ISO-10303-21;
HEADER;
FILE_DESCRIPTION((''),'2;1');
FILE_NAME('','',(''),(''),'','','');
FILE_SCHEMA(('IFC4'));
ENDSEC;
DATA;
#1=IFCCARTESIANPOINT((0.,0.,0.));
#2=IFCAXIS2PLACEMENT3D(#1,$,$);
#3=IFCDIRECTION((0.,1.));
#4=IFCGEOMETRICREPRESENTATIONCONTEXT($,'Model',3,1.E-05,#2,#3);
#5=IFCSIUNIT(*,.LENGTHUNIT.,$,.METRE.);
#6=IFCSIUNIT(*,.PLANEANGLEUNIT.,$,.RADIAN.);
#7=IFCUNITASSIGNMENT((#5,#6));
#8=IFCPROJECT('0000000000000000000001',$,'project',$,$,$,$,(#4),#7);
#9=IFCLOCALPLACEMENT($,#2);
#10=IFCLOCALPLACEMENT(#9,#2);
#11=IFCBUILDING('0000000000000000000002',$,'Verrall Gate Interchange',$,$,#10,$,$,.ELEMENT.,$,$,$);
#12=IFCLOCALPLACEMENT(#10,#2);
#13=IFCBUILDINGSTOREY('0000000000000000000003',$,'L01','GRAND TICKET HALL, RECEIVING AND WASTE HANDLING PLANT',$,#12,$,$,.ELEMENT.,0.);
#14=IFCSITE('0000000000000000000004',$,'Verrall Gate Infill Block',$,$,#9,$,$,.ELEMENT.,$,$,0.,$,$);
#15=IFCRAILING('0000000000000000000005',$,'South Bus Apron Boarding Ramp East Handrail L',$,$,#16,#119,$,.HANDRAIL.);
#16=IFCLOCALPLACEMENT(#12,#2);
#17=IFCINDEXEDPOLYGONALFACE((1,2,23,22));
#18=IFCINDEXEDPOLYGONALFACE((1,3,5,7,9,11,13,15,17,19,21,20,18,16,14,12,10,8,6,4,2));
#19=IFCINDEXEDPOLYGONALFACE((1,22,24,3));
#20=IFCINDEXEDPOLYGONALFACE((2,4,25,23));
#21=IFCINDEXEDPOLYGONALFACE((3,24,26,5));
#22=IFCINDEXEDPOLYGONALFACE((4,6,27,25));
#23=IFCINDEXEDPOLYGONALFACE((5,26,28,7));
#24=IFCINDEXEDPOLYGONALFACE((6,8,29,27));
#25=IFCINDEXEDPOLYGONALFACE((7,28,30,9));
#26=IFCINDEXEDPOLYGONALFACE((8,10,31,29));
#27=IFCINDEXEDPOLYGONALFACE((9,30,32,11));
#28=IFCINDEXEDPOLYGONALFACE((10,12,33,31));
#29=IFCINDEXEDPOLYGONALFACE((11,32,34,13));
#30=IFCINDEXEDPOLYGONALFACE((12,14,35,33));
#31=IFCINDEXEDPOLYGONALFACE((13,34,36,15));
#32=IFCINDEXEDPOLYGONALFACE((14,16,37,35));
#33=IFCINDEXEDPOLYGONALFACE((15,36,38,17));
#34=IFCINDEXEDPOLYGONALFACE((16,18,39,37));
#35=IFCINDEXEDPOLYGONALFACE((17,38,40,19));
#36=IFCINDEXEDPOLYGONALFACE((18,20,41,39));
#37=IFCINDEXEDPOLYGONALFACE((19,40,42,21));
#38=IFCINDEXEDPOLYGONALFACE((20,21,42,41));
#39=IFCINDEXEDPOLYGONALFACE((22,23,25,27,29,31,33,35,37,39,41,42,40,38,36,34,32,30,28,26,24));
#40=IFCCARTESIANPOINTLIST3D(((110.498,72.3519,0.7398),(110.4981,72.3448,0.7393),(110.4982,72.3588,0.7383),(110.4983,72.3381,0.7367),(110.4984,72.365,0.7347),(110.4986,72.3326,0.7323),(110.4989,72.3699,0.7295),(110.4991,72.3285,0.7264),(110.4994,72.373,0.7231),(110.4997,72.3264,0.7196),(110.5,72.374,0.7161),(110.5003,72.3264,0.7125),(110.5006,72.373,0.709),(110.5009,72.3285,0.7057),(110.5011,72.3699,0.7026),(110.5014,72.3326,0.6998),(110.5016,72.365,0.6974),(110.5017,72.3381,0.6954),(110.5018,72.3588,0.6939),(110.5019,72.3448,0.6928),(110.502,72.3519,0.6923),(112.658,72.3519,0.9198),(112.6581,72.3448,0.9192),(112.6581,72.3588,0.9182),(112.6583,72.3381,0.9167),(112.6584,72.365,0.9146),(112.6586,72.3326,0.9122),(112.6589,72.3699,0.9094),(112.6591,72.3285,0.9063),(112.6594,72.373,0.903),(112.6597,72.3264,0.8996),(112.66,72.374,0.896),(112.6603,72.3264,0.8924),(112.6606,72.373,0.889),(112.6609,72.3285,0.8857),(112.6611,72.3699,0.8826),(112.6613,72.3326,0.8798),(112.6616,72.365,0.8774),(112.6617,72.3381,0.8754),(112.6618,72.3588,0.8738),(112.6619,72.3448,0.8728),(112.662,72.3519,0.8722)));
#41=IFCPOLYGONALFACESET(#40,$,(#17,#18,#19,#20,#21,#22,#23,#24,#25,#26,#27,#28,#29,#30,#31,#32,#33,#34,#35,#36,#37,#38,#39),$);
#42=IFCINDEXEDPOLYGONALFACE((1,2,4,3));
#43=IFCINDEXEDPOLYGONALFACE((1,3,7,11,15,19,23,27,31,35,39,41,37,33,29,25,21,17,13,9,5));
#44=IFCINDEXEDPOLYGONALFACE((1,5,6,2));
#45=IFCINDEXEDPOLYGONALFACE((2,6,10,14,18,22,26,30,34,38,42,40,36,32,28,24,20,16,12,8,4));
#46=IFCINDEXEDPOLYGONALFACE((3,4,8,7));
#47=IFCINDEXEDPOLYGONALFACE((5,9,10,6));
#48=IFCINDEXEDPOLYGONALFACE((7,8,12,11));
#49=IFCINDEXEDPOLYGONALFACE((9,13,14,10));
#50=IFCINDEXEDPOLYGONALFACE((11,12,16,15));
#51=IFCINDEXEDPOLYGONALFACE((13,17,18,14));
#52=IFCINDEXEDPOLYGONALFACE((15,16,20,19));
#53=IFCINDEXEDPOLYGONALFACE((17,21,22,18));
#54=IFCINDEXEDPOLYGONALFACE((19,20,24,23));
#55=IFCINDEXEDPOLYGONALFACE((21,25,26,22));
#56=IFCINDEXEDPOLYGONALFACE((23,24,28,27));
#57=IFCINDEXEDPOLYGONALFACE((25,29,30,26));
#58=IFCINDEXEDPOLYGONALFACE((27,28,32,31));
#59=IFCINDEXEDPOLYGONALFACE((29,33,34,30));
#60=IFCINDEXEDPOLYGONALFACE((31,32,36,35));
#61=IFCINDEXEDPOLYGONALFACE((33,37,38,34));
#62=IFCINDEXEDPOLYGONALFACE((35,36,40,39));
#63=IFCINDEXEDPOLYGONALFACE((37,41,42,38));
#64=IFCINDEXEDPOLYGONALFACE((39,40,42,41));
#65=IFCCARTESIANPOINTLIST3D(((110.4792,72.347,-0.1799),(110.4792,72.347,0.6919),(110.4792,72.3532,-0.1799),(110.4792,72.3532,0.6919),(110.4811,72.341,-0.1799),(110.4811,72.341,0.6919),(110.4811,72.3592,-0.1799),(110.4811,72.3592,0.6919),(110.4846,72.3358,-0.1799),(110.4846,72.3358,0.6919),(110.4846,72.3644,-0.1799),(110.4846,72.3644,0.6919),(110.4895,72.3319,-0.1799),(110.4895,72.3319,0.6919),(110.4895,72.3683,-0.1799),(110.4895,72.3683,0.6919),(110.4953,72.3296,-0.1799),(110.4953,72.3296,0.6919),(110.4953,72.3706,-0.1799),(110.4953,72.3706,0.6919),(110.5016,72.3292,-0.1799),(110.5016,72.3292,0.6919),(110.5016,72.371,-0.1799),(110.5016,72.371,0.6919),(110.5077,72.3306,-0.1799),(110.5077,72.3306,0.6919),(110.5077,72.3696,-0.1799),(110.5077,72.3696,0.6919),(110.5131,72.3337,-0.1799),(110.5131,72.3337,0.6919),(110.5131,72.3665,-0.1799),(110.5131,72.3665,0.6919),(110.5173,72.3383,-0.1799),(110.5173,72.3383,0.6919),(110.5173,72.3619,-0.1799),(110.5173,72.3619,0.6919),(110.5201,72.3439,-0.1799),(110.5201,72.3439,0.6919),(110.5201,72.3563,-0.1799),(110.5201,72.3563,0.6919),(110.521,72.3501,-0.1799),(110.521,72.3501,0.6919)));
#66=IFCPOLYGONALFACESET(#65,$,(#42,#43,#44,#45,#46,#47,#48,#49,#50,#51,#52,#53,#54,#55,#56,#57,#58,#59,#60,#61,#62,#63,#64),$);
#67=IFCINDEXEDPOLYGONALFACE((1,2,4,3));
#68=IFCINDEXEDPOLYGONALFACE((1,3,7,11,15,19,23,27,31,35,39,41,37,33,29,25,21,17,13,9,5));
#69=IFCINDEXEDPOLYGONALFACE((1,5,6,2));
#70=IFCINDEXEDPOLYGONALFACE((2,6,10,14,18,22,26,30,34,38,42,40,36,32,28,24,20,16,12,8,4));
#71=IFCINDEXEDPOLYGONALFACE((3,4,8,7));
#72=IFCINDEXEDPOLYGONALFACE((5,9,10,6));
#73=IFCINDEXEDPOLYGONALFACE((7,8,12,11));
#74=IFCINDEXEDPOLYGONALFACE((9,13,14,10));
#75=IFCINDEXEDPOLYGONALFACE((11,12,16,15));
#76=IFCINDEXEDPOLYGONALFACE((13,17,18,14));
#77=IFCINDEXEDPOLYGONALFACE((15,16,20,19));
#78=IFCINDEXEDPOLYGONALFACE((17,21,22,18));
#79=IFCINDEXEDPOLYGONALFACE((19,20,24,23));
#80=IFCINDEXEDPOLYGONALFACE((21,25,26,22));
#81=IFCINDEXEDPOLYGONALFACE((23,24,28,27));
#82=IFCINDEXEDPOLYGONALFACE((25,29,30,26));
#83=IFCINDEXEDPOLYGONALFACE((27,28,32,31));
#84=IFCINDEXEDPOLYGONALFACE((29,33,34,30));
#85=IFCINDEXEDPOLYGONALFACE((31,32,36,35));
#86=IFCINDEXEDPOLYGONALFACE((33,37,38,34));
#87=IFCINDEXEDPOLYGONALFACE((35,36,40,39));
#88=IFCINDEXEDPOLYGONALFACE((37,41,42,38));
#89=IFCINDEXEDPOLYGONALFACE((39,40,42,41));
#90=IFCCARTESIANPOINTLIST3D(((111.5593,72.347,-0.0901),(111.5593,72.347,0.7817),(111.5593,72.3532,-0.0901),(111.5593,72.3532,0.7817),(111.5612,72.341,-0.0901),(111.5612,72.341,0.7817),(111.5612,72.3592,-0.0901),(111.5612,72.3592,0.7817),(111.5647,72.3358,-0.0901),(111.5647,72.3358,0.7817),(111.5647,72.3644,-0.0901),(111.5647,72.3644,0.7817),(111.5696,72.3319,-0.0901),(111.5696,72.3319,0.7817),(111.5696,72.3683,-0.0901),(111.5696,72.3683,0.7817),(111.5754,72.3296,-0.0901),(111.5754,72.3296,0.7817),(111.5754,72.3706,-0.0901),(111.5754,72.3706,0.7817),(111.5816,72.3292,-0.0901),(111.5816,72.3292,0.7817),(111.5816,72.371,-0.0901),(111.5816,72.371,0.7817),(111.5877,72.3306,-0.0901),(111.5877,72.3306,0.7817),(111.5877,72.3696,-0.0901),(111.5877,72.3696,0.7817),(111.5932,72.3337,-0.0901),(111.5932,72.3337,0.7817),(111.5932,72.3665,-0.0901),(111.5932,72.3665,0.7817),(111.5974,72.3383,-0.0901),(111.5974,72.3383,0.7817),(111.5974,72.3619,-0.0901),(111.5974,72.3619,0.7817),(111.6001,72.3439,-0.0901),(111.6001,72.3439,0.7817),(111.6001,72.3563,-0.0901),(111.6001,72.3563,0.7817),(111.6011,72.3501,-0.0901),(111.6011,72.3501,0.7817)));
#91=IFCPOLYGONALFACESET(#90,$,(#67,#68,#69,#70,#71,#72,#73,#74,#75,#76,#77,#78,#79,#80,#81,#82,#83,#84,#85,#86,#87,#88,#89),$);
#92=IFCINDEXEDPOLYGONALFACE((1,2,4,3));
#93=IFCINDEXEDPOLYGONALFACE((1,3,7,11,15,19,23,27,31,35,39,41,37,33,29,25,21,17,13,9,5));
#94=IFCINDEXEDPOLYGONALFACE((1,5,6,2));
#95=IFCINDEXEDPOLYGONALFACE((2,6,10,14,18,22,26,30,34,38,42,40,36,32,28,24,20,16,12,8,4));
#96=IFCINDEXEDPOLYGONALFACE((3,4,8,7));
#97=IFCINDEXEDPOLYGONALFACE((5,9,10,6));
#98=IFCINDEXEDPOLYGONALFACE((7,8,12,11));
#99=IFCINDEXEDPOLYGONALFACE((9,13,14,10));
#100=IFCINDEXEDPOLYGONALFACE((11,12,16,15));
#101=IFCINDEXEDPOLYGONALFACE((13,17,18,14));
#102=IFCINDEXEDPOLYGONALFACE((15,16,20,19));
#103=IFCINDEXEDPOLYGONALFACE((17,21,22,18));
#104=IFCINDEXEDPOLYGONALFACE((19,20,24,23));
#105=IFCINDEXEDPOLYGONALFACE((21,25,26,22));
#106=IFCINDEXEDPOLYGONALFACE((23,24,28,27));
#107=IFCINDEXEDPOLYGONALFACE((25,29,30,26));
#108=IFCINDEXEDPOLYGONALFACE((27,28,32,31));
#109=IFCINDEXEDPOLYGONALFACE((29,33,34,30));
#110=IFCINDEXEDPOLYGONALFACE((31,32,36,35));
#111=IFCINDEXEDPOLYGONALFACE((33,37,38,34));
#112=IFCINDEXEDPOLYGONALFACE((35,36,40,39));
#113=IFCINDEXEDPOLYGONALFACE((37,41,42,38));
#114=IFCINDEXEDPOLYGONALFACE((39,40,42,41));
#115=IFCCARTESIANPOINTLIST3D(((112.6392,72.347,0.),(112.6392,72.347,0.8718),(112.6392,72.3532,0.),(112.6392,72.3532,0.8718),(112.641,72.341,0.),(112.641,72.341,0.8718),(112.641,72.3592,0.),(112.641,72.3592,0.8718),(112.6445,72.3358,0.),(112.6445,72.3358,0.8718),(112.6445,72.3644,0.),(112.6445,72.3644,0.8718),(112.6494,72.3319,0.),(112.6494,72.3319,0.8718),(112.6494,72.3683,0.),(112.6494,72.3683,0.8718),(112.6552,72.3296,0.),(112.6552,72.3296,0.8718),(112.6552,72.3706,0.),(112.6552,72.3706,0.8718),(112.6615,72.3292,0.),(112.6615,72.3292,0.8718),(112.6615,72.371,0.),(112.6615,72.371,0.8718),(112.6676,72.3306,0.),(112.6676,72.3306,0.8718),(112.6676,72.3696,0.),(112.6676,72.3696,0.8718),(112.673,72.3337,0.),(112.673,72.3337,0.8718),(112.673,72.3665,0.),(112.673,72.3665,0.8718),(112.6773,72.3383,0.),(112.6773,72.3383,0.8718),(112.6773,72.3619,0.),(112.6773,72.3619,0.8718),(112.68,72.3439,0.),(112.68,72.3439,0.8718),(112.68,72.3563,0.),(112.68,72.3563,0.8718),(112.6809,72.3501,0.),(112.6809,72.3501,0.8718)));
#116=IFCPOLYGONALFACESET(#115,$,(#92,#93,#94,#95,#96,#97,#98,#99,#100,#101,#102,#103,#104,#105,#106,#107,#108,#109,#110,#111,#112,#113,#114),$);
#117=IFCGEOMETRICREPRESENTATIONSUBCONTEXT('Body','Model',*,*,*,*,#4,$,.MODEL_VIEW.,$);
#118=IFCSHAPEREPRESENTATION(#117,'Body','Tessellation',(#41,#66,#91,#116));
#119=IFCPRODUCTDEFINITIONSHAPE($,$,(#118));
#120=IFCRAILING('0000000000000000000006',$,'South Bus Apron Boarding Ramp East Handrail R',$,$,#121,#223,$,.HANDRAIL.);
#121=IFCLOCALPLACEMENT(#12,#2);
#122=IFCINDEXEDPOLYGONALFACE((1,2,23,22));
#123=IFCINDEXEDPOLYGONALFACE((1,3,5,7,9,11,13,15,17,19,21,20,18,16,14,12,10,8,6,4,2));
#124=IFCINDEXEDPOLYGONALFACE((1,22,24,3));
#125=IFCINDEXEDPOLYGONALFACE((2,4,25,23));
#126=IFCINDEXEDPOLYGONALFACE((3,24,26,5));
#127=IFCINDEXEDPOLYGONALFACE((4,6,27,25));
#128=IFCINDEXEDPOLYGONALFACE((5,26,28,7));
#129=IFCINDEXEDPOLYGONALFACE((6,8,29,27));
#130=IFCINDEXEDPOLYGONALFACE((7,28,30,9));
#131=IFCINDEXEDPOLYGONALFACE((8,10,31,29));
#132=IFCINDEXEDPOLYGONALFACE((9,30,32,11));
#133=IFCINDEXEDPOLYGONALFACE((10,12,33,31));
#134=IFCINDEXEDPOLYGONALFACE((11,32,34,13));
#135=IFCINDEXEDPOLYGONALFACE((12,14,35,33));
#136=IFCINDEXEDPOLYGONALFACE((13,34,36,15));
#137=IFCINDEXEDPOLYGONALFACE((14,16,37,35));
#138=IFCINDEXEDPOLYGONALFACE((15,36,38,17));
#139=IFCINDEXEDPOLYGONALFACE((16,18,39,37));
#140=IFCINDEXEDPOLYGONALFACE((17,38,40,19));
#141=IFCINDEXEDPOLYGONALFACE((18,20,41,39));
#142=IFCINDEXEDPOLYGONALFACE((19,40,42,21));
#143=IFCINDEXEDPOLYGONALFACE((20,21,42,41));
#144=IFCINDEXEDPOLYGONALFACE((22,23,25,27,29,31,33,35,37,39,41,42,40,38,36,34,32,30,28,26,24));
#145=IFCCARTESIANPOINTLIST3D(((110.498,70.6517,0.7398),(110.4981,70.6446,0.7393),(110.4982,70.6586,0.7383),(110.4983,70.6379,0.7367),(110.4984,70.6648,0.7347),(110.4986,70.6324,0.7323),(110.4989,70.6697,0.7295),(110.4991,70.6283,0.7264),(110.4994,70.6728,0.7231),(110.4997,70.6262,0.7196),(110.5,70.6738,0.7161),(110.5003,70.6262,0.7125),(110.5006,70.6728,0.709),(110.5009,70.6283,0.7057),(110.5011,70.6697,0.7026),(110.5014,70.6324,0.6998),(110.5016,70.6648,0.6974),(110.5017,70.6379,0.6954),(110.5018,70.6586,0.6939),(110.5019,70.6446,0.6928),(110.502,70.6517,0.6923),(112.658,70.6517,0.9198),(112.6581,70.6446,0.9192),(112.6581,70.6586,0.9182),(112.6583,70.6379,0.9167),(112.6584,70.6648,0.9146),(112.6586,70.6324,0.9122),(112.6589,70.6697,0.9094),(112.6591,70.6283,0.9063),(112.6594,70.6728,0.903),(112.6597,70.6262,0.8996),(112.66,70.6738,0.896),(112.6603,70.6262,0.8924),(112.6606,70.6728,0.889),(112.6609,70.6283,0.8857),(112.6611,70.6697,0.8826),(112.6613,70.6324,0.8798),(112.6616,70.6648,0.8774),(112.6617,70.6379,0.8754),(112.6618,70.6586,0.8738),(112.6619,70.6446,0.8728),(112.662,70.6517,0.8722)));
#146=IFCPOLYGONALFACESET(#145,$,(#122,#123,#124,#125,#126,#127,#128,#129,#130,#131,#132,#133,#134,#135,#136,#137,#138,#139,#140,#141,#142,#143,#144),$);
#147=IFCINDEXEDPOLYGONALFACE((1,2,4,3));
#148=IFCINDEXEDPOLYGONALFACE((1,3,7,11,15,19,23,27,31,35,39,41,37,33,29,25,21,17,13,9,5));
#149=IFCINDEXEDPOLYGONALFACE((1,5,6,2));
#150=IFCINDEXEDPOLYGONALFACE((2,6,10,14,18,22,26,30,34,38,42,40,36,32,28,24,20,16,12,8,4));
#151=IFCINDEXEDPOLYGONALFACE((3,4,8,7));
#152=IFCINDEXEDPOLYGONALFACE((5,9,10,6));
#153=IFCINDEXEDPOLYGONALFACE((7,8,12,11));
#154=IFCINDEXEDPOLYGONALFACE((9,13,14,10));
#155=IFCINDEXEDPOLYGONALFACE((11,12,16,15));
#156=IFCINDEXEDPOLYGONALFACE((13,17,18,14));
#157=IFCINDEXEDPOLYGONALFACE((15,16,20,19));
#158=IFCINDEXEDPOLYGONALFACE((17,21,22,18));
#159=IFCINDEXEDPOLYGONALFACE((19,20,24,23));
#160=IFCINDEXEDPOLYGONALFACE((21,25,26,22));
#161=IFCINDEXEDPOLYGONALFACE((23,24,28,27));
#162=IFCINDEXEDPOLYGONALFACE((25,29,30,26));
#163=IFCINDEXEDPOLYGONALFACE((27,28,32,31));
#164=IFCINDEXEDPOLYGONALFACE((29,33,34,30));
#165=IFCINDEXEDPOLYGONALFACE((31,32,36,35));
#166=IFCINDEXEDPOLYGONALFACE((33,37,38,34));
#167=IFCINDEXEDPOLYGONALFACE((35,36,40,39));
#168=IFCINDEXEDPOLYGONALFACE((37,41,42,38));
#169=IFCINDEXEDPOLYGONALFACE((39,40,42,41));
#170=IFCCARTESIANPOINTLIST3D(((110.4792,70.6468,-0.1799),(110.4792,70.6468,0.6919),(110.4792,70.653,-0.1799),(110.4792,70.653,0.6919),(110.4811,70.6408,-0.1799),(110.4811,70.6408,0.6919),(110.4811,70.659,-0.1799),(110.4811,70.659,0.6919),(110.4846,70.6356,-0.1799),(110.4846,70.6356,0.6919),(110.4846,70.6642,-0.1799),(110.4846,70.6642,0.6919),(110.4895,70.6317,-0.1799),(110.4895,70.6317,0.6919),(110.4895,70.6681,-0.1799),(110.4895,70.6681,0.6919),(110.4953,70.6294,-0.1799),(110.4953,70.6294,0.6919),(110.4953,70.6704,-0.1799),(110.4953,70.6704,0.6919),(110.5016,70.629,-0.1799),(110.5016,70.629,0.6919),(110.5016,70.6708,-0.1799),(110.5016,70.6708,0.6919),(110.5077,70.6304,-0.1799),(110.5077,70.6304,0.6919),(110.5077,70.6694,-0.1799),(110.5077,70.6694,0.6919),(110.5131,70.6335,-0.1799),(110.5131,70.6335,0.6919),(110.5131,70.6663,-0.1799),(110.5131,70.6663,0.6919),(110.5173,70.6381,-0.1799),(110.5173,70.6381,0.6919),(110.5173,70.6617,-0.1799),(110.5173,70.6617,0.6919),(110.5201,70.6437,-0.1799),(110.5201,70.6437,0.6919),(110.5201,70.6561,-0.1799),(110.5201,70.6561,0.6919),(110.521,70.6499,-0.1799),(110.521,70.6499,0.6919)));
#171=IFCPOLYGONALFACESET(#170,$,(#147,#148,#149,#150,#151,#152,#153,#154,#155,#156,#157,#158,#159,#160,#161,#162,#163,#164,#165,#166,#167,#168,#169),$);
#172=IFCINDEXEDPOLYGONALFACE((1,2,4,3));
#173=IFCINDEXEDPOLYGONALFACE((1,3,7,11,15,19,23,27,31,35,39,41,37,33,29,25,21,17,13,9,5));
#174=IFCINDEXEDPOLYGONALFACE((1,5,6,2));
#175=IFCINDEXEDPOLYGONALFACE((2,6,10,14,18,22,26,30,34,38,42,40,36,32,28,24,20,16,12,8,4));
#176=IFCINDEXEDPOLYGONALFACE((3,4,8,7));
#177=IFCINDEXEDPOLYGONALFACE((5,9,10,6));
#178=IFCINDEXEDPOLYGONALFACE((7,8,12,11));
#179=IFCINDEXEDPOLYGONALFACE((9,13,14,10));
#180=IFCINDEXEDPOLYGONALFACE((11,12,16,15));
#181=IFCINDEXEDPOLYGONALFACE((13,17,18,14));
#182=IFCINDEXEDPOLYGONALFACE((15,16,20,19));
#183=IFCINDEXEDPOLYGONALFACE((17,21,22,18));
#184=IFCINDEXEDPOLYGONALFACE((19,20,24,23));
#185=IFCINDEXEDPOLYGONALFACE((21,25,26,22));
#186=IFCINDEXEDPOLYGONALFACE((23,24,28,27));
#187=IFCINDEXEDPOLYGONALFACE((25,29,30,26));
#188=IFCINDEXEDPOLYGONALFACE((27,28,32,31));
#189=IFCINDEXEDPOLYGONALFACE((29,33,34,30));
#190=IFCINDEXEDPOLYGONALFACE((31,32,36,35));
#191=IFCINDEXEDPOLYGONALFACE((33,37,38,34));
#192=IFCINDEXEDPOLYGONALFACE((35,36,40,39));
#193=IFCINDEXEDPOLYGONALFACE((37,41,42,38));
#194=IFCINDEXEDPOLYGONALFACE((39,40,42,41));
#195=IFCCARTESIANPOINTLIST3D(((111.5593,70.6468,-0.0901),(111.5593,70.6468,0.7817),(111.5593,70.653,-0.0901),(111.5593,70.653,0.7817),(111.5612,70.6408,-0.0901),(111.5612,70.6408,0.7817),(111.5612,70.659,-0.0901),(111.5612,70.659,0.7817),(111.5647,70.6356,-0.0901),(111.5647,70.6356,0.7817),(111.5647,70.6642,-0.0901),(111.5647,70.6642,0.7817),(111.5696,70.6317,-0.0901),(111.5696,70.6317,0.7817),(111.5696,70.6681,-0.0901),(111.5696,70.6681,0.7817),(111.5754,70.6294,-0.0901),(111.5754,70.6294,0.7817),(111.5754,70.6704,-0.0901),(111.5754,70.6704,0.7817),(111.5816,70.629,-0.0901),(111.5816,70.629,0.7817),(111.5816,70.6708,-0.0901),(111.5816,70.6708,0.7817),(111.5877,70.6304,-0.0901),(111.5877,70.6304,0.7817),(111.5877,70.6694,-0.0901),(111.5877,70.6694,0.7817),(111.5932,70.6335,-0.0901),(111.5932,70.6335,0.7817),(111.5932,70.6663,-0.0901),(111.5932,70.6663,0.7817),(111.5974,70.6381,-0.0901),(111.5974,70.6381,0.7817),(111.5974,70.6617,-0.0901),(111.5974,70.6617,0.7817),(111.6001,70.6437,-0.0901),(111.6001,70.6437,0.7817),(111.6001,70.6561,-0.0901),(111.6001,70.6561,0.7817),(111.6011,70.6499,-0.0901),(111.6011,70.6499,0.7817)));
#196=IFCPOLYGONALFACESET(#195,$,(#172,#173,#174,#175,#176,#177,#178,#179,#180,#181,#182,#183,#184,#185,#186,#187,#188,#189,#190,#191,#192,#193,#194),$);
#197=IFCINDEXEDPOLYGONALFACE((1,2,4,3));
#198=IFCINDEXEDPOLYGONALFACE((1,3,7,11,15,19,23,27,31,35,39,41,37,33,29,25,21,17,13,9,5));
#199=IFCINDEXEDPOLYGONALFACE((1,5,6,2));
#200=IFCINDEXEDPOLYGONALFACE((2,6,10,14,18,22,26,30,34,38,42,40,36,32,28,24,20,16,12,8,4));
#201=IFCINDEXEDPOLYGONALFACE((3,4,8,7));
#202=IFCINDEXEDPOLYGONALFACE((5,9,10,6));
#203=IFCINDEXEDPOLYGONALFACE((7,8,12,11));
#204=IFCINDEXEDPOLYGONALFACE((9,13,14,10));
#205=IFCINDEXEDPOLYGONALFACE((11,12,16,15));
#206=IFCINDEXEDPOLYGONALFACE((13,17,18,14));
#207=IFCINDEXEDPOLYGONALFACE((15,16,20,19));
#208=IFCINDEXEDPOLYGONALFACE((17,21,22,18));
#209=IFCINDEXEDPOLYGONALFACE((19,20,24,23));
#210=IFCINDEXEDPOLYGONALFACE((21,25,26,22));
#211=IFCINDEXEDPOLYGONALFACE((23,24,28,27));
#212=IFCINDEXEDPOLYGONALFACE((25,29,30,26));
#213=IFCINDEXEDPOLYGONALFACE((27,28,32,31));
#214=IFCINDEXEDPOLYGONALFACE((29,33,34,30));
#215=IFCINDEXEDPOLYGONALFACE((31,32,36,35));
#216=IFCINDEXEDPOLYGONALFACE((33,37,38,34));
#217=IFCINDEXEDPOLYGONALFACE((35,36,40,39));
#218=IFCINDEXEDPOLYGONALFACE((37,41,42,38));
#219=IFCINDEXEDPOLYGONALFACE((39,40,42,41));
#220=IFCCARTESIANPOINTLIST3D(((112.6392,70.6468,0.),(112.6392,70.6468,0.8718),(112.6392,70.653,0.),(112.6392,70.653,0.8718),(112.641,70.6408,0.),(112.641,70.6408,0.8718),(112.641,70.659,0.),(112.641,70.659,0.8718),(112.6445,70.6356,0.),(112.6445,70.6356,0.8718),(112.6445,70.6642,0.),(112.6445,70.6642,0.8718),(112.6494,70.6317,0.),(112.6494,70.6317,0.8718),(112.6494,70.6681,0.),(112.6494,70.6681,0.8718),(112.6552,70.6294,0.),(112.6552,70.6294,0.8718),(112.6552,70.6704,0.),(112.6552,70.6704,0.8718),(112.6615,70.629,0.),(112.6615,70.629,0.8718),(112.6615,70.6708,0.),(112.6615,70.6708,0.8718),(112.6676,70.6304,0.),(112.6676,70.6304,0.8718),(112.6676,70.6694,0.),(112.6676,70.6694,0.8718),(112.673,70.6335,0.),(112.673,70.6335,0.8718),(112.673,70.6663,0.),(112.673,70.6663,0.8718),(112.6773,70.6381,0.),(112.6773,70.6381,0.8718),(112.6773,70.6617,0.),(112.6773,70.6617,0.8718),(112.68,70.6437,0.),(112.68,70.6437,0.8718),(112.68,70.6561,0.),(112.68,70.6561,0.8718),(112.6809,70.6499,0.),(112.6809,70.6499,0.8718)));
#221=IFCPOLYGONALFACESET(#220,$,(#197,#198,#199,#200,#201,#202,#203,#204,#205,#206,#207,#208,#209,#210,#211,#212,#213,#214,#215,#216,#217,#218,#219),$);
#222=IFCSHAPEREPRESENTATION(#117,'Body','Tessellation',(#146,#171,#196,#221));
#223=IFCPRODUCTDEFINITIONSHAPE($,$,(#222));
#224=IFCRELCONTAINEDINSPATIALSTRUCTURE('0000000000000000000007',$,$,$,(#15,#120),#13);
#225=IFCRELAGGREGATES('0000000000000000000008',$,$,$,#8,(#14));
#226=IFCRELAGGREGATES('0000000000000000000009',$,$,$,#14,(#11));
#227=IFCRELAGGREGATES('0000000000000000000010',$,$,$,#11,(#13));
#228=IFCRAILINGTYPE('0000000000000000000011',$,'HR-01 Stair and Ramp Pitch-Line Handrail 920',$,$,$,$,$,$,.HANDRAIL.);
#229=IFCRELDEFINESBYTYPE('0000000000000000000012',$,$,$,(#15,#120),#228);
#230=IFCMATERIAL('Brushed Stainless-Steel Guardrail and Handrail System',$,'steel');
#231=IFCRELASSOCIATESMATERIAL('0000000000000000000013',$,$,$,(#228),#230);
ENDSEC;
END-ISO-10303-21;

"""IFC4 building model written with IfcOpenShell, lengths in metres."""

from ifc_helpers import new_model, si_unit, direction, frame, origin, origin_2d, place, context, subcontext, project, spatial, circle, extrude, material, type_object, element, save


model = new_model("IFC4")

# Units and contexts
model_context = context("Model", 3, precision=1e-05, world=origin(), true_north=direction((0.0, 1.0)))
body_context = subcontext(model_context, "Body", "Model", "MODEL_VIEW")
ifc_project = project(units=[si_unit("LENGTHUNIT", "METRE"), si_unit("PLANEANGLEUNIT", "RADIAN")], contexts=[model_context])

# Site, building, storey
site_placement = place(None, origin())
site = spatial("IfcSite", under=ifc_project, at=site_placement, Name="Verrall Gate Infill Block", CompositionType="ELEMENT", RefElevation=0.0)
building_placement = place(site_placement, origin())
building = spatial("IfcBuilding", under=site, at=building_placement, Name="Verrall Gate Interchange", CompositionType="ELEMENT")
storey_placement = place(building_placement, origin())
storey = spatial("IfcBuildingStorey", under=building, at=storey_placement, Name="L01", Description="GRAND TICKET HALL, RECEIVING AND WASTE HANDLING PLANT", CompositionType="ELEMENT", Elevation=0.0)

# Railings
ifc_material_1 = material(Name="Brushed Stainless-Steel Guardrail and Handrail System", Category="steel")
railing_type = type_object("IfcRailingType", Name="HR-01 Stair and Ramp Pitch-Line Handrail 920", PredefinedType="HANDRAIL", material=ifc_material_1)
for number, where, name in (
    (1, (110.5, 72.3501, -0.1799), "South Bus Apron Boarding Ramp East Handrail L"),
    (2, (110.5, 70.6499, -0.1799), "South Bus Apron Boarding Ramp East Handrail R"),
):
    element("IfcRailing", number, at=place(storey_placement, frame(where)), inside=storey, type_object=railing_type, Name=name, PredefinedType="HANDRAIL", context=body_context, shape_type="SweptSolid", body=[
        extrude(circle(Radius=0.0239, at=origin_2d()), frame((0.0, 0.0, 0.896), z_axis=(0.996548, 0.0, 0.083018), x_axis=(0.0, 1.0, 0.0)), (0.0, 0.0, 1.0), 2.1675),
        extrude(circle(Radius=0.021, at=origin_2d()), origin(), (0.0, 0.0, 1.0), 0.8718),
        extrude(circle(Radius=0.021, at=origin_2d()), frame((1.0801, 0.0, 0.0898)), (0.0, 0.0, 1.0), 0.8718),
        extrude(circle(Radius=0.021, at=origin_2d()), frame((2.1599, 0.0, 0.1799)), (0.0, 0.0, 1.0), 0.8718),
    ])

save(model, "model.ifc")
